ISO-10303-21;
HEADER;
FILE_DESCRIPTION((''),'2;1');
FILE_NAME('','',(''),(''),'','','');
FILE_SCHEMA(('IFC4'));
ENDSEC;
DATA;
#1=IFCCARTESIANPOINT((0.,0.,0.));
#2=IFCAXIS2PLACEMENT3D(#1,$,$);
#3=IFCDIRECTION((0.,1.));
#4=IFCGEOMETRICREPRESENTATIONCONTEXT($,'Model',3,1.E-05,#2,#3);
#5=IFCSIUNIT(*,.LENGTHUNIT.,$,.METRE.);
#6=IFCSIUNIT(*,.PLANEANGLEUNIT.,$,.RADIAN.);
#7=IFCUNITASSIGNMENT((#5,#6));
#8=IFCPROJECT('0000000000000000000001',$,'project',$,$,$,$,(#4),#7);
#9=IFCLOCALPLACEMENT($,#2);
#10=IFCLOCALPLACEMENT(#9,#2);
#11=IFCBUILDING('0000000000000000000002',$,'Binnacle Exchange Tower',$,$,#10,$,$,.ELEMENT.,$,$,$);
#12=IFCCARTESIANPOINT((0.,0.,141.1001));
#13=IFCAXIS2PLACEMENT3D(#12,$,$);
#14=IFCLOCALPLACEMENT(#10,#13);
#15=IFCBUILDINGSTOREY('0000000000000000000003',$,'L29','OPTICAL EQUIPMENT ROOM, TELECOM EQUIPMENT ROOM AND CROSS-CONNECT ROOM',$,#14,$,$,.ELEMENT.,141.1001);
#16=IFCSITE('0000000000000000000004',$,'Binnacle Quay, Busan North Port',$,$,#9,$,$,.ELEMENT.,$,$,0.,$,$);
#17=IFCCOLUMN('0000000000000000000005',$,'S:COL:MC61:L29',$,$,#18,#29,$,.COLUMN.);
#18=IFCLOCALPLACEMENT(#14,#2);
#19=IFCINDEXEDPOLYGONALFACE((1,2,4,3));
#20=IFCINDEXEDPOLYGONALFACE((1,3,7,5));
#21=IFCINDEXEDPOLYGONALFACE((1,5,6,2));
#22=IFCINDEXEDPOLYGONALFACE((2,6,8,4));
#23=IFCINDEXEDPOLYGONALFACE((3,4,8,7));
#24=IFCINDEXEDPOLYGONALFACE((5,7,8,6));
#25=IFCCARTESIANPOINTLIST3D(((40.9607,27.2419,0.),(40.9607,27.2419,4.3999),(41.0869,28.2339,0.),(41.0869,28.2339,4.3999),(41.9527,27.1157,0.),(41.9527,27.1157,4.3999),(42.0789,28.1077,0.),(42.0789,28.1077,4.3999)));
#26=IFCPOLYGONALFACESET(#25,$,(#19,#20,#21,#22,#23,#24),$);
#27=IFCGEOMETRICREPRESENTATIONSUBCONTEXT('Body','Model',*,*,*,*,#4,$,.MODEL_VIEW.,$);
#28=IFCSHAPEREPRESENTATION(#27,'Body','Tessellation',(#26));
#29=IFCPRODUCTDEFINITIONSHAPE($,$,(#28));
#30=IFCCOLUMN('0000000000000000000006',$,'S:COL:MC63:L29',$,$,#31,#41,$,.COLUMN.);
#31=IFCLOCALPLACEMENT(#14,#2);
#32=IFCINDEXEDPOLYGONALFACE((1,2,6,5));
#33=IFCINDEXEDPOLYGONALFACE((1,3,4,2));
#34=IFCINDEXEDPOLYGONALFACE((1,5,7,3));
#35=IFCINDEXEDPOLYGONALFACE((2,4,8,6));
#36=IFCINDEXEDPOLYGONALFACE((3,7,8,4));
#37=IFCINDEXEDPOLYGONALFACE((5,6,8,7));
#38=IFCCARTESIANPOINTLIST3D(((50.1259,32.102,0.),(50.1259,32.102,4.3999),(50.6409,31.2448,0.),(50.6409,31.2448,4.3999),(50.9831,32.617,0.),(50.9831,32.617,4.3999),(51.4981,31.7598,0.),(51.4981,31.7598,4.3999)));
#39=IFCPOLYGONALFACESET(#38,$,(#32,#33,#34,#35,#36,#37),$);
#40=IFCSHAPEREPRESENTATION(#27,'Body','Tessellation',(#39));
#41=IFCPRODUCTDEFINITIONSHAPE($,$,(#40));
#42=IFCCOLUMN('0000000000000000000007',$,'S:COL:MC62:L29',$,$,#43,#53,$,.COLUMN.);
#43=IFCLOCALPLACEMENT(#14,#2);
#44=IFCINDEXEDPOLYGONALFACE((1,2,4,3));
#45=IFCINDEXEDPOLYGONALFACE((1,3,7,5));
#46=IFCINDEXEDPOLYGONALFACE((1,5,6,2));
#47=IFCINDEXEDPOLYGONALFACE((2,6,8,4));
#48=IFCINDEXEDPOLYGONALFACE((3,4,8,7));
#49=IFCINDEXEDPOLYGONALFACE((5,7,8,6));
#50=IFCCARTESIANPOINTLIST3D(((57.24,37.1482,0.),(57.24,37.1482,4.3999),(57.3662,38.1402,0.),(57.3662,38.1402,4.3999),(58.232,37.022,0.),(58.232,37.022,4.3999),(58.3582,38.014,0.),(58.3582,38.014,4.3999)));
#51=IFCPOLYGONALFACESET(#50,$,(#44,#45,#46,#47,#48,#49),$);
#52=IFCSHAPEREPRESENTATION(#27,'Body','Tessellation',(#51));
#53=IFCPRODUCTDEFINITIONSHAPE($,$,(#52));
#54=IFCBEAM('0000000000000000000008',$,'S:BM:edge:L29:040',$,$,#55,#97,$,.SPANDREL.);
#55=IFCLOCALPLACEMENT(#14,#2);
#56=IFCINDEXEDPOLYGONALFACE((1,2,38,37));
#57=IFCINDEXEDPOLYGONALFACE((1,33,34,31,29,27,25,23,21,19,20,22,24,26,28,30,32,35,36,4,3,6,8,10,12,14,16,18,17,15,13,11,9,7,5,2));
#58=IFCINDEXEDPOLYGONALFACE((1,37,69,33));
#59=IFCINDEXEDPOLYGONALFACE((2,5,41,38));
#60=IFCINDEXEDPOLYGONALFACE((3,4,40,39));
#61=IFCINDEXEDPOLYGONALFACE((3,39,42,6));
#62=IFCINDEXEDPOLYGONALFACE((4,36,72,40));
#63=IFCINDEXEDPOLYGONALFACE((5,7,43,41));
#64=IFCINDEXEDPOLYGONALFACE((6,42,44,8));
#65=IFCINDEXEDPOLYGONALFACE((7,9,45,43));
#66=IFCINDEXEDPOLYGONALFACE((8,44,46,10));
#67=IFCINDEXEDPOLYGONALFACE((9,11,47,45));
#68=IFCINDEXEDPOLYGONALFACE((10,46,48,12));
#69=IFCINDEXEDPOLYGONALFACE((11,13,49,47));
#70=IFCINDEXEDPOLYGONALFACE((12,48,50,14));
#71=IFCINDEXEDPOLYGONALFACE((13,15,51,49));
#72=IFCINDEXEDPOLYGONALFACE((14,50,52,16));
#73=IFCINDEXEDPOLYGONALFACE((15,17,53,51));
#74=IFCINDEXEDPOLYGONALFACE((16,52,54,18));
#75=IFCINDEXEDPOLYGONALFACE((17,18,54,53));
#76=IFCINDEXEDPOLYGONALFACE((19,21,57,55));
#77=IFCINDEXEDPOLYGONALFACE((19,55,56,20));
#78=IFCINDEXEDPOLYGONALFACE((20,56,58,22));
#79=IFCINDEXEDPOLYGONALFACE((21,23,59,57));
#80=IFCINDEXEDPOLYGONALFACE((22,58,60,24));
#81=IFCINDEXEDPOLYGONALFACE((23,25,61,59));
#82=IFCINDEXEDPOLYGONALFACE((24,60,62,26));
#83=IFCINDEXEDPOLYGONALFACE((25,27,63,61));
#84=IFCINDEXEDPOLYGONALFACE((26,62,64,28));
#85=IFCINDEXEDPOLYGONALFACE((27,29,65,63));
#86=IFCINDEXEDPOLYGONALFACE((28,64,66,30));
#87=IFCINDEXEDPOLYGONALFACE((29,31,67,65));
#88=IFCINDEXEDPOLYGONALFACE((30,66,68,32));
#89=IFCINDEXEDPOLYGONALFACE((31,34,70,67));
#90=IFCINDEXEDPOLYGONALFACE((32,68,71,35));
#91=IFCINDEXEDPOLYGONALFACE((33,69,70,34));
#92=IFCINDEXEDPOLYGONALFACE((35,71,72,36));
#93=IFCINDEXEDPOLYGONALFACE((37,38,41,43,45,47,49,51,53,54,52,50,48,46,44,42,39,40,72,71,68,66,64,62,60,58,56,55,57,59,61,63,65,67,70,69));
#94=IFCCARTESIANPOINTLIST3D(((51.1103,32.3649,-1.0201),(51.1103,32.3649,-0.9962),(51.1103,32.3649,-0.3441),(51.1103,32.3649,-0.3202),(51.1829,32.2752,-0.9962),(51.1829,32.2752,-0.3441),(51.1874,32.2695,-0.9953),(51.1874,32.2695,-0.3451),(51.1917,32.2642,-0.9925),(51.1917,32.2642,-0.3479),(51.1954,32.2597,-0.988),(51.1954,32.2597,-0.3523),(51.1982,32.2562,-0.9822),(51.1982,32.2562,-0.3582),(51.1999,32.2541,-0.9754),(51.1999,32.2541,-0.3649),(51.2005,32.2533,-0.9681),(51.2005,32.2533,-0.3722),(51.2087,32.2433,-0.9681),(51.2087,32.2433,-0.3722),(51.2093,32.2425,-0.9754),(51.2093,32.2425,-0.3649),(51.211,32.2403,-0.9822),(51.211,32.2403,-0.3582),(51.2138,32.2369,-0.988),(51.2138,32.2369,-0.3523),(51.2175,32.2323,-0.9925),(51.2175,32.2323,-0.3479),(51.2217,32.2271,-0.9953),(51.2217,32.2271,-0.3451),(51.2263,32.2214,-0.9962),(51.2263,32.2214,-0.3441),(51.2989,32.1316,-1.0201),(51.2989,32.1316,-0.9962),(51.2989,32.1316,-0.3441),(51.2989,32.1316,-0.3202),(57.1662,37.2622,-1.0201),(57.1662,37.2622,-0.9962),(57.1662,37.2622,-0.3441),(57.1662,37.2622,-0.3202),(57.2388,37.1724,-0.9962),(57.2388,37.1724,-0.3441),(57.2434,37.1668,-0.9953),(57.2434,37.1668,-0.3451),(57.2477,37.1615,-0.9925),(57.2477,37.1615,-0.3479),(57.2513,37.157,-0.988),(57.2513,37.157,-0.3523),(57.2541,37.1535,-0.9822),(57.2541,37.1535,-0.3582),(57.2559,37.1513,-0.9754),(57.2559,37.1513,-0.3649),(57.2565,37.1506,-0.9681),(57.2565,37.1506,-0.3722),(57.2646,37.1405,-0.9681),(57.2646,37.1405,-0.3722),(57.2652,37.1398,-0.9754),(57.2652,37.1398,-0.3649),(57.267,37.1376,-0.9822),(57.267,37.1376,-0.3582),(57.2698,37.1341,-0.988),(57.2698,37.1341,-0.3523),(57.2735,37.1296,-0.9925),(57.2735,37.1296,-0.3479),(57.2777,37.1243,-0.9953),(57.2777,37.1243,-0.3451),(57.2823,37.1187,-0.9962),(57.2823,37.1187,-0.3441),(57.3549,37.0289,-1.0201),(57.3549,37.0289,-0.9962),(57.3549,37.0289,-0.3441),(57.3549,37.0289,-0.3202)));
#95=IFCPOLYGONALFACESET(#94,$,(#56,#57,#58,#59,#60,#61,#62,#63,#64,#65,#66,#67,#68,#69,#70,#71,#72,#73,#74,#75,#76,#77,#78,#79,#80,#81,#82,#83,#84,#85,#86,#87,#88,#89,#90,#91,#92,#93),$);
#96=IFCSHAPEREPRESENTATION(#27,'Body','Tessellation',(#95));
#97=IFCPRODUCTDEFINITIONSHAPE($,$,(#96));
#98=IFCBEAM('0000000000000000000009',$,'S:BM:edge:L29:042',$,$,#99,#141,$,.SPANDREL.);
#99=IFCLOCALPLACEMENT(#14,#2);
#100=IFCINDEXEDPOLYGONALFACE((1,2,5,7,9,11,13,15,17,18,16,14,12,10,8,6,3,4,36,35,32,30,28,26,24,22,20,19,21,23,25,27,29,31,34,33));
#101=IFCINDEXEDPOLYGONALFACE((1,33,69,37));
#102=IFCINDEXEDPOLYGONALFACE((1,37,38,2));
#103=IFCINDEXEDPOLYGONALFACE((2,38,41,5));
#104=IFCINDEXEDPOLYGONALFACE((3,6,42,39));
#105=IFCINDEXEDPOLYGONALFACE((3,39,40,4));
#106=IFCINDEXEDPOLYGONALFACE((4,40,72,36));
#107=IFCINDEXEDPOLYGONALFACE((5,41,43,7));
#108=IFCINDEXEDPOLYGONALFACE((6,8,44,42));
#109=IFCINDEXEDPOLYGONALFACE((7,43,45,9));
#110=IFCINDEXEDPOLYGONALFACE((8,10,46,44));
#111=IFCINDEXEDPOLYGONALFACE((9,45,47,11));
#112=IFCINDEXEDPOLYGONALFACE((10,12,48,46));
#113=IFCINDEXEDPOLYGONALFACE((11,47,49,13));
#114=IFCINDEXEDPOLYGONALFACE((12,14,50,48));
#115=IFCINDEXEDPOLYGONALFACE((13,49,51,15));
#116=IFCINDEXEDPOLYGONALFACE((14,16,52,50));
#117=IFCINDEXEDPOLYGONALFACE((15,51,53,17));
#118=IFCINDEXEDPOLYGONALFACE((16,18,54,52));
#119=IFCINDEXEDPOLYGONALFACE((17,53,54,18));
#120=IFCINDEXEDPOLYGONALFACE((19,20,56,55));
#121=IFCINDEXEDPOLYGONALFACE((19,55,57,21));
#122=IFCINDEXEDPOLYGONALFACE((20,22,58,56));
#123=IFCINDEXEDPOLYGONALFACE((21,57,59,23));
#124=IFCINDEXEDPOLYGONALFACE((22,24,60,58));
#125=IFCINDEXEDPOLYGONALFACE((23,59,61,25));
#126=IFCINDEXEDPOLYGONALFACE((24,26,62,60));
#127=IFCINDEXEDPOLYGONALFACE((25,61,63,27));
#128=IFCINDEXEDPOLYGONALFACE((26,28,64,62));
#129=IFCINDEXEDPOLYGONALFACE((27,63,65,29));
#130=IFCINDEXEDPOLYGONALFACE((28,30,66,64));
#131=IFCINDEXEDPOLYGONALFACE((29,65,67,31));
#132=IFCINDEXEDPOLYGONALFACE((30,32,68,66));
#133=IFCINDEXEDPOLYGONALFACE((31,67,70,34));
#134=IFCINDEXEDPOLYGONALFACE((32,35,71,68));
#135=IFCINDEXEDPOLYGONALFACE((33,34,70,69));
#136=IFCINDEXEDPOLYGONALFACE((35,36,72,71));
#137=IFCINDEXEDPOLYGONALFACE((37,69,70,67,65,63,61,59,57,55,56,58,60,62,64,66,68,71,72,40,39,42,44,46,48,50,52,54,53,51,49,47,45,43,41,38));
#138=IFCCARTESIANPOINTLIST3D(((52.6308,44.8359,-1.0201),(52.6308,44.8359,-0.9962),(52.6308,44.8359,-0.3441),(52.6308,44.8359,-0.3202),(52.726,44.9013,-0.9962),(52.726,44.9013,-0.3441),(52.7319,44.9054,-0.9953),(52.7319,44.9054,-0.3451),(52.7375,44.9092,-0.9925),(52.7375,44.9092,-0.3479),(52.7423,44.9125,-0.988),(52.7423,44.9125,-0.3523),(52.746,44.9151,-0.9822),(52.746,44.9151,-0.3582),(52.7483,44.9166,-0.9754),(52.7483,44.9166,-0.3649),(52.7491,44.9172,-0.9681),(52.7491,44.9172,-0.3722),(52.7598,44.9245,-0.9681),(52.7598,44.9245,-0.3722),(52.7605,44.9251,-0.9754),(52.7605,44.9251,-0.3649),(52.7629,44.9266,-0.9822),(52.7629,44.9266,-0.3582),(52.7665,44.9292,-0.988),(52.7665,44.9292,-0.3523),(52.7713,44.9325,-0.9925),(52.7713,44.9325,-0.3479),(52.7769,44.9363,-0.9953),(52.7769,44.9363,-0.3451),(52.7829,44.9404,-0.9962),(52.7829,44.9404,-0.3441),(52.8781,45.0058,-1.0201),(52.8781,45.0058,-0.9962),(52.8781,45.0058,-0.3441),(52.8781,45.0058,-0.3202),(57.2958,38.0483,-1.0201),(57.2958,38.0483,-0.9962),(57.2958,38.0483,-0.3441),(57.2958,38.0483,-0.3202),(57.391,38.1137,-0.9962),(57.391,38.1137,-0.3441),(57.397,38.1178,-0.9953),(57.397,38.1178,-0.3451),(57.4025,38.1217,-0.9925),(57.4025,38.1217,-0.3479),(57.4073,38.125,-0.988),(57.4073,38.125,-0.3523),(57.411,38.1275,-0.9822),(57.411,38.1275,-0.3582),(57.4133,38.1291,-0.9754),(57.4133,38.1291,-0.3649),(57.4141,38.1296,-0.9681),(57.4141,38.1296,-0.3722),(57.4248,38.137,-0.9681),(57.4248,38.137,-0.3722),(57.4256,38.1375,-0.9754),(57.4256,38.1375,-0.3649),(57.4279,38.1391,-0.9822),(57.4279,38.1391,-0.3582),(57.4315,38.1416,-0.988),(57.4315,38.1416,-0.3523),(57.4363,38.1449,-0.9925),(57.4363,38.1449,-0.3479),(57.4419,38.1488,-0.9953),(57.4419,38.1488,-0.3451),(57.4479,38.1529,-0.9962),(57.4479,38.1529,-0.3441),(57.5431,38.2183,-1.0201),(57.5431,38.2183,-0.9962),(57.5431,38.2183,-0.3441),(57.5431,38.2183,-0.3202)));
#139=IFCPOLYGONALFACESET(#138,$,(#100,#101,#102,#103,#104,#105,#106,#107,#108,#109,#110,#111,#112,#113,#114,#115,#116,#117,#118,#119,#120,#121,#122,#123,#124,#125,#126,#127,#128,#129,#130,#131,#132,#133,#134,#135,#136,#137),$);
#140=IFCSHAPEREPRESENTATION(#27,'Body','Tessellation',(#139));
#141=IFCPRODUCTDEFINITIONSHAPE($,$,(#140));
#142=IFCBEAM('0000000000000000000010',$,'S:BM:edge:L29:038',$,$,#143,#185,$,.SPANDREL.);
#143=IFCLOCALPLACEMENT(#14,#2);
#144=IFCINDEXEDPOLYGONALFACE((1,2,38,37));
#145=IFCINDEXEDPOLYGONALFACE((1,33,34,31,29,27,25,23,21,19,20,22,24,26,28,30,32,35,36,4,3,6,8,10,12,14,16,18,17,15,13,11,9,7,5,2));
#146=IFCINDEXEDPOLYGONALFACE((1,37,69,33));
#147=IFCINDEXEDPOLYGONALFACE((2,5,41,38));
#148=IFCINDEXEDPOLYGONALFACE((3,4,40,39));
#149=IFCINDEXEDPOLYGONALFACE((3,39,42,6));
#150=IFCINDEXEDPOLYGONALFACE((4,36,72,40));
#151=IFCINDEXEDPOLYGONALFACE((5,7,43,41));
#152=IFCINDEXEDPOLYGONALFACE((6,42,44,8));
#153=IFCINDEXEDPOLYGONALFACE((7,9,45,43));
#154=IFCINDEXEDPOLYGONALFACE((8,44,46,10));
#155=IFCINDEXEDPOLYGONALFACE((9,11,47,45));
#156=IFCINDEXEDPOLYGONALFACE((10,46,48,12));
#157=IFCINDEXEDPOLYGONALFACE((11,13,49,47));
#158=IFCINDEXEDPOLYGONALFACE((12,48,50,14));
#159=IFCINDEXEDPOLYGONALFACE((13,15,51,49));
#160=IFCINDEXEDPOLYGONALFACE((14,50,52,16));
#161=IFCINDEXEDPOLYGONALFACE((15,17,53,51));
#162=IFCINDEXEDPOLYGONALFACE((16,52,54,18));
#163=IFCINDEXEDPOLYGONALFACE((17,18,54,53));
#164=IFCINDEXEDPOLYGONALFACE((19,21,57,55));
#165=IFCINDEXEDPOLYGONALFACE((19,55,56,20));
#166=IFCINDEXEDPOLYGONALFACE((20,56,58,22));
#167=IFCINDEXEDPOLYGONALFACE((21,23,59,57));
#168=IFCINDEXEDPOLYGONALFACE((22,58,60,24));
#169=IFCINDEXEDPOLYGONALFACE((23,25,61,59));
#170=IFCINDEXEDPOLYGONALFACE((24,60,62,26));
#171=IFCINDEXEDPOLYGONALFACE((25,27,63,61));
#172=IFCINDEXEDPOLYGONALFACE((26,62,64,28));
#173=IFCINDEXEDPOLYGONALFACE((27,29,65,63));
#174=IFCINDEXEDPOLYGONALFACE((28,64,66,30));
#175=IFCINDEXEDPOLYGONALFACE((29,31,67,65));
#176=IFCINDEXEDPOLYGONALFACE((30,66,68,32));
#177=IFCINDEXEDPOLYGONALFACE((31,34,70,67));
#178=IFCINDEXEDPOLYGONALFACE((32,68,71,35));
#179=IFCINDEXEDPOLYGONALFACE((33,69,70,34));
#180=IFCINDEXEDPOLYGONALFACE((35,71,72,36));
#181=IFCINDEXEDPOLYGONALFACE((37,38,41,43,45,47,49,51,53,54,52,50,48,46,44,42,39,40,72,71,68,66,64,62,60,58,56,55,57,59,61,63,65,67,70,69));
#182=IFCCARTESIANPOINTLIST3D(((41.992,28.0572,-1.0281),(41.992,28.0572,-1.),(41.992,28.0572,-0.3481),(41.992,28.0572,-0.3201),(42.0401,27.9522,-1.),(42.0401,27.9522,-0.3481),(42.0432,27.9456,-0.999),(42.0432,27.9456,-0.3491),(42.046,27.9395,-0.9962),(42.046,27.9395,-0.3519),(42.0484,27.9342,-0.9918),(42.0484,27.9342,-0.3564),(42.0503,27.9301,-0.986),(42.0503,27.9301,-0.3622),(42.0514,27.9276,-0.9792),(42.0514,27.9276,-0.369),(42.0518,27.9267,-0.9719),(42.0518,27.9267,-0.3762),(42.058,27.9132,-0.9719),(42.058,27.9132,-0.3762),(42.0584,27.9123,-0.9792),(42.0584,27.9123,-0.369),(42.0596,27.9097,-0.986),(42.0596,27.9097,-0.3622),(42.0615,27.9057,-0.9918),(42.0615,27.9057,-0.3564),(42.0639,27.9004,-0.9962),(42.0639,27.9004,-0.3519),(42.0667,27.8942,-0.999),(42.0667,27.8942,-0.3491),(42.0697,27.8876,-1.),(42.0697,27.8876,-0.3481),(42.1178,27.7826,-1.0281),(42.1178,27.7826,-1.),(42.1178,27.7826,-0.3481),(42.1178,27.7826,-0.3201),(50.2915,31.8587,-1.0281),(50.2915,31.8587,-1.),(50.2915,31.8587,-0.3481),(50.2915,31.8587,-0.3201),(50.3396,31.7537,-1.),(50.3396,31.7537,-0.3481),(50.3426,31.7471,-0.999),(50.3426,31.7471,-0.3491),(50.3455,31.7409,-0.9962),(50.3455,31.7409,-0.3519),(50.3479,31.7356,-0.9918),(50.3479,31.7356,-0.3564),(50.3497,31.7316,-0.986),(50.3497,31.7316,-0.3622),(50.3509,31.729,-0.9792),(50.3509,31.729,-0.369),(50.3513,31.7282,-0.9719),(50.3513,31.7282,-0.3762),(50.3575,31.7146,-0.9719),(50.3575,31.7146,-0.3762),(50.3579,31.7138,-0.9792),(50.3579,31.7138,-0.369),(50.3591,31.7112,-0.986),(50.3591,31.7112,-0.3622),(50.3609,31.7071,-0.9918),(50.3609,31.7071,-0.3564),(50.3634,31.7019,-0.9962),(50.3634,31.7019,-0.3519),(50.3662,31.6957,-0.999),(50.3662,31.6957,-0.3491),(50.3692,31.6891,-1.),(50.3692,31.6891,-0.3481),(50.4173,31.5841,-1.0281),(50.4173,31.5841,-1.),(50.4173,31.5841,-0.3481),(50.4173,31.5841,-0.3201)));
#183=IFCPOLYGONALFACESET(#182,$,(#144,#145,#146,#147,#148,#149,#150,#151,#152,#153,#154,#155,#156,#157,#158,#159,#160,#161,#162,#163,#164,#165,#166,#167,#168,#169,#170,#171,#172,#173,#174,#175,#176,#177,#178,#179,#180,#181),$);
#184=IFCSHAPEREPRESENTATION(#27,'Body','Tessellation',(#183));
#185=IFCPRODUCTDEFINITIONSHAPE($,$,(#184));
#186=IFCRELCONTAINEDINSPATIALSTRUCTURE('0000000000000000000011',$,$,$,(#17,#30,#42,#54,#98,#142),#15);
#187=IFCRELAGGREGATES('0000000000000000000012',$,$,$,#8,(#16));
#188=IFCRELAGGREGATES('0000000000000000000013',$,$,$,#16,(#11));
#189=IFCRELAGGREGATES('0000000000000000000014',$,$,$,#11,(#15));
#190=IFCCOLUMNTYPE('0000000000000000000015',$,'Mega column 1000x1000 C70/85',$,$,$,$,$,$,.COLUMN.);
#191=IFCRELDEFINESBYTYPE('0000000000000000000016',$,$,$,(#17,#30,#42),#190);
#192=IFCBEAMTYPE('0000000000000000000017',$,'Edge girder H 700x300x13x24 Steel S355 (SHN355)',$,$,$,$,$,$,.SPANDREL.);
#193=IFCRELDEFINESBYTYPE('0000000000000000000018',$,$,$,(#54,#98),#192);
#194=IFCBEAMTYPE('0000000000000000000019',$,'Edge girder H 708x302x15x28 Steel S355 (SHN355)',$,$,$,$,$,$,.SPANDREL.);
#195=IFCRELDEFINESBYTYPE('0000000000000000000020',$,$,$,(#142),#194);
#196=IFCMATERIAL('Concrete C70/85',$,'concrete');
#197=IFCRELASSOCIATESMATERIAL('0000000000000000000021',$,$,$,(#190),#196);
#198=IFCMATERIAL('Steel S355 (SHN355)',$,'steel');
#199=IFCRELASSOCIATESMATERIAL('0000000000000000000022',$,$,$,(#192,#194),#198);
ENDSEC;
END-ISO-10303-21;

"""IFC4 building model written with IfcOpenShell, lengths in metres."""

from ifc_helpers import new_model, si_unit, direction, frame, origin, origin_2d, place, context, subcontext, project, spatial, rectangle, i_section, extrude, material, material_profile, profile_set, type_object, element, save


model = new_model("IFC4")

# Units and contexts
model_context = context("Model", 3, precision=1e-05, world=origin(), true_north=direction((0.0, 1.0)))
body_context = subcontext(model_context, "Body", "Model", "MODEL_VIEW")
ifc_project = project(units=[si_unit("LENGTHUNIT", "METRE"), si_unit("PLANEANGLEUNIT", "RADIAN")], contexts=[model_context])

# Site, building, storey
site_placement = place(None, origin())
site = spatial("IfcSite", under=ifc_project, at=site_placement, Name="Binnacle Quay, Busan North Port", CompositionType="ELEMENT", RefElevation=0.0)
building_placement = place(site_placement, origin())
building = spatial("IfcBuilding", under=site, at=building_placement, Name="Binnacle Exchange Tower", CompositionType="ELEMENT")
storey_placement = place(building_placement, frame((0.0, 0.0, 141.1001)))
storey = spatial("IfcBuildingStorey", under=building, at=storey_placement, Name="L29", Description="OPTICAL EQUIPMENT ROOM, TELECOM EQUIPMENT ROOM AND CROSS-CONNECT ROOM", CompositionType="ELEMENT", Elevation=141.1001)

# Columns
ifc_material_1 = material(Name="Concrete C70/85", Category="concrete")
ifc_material_profile_1 = material_profile(ifc_material_1, rectangle(XDim=1.0, YDim=1.0, at=origin_2d()), Name="Mega column 1000x1000 C70/85")
ifc_profile_set_1 = profile_set([ifc_material_profile_1], Name="Concrete C70/85")
column_type = type_object("IfcColumnType", Name="Mega column 1000x1000 C70/85", PredefinedType="COLUMN", material=ifc_profile_set_1)
for number, where, z_axis, x_axis, name in (
    (1, (41.5198, 27.6748, 0.0), (0.0, 0.0, 1.0), (0.992005, -0.126199, 0.0), "S:COL:MC61:L29"),
    (2, (50.812, 31.9309, 0.0), (0.0, 0.0, 1.0), (0.857167, 0.515038, 0.0), "S:COL:MC63:L29"),
    (3, (57.7991, 37.5811, 0.0), (0.0, 0.0, 1.0), (0.126199, 0.992005, 0.0), "S:COL:MC62:L29"),
):
    element("IfcColumn", number, at=place(storey_placement, frame(where, z_axis=z_axis, x_axis=x_axis)), inside=storey, type_object=column_type, Name=name, PredefinedType="COLUMN", context=body_context, shape_type="SweptSolid", body=[
        extrude(rectangle(XDim=1.0, YDim=1.0, at=origin_2d()), origin(), (0.0, 0.0, 1.0), 4.3999),
    ])

# Beams
ifc_material_2 = material(Name="Steel S355 (SHN355)", Category="steel")
ifc_material_profile_2 = material_profile(ifc_material_2, i_section(OverallWidth=0.3, OverallDepth=0.7, WebThickness=0.0129, FlangeThickness=0.0239, FilletRadius=0.0281, at=origin_2d()), Name="H 700x300x13x24")
ifc_profile_set_2 = profile_set([ifc_material_profile_2], Name="Steel S355 (SHN355)")
beam_type_1 = type_object("IfcBeamType", Name="Edge girder H 700x300x13x24 Steel S355 (SHN355)", PredefinedType="SPANDREL", material=ifc_profile_set_2)
beam_1_placement = place(storey_placement, frame((51.2046, 32.2483, -0.6702), z_axis=(0.77757, 0.628796, 0.0), x_axis=(-0.628796, 0.77757, 0.0)))
element("IfcBeam", 4, at=beam_1_placement, inside=storey, type_object=beam_type_1, Name="S:BM:edge:L29:040", PredefinedType="SPANDREL", context=body_context, shape_type="SweptSolid", body=[
    extrude(i_section(OverallWidth=0.3, OverallDepth=0.7, WebThickness=0.0129, FlangeThickness=0.0239, FilletRadius=0.0281, at=origin_2d()), origin(), (0.0, 0.0, 1.0), 7.7883),
])
beam_2_placement = place(storey_placement, frame((57.4194, 38.1333, -0.6702), z_axis=(-0.566411, 0.824123, 0.0), x_axis=(-0.824123, -0.566411, 0.0)))
element("IfcBeam", 5, at=beam_2_placement, inside=storey, type_object=beam_type_1, Name="S:BM:edge:L29:042", PredefinedType="SPANDREL", context=body_context, shape_type="SweptSolid", body=[
    extrude(i_section(OverallWidth=0.3, OverallDepth=0.7, WebThickness=0.0129, FlangeThickness=0.0239, FilletRadius=0.0281, at=origin_2d()), origin(), (0.0, 0.0, 1.0), 8.2361),
])
ifc_material_profile_3 = material_profile(ifc_material_2, i_section(OverallWidth=0.302, OverallDepth=0.708, WebThickness=0.0149, FlangeThickness=0.0281, FilletRadius=0.0281, at=origin_2d()), Name="H 708x302x15x28")
ifc_profile_set_3 = profile_set([ifc_material_profile_3], Name="Steel S355 (SHN355)")
beam_type_2 = type_object("IfcBeamType", Name="Edge girder H 708x302x15x28 Steel S355 (SHN355)", PredefinedType="SPANDREL", material=ifc_profile_set_3)
beam_3_placement = place(storey_placement, frame((42.0549, 27.9199, -0.6741), z_axis=(0.909167, 0.416433, 0.0), x_axis=(-0.416433, 0.909167, 0.0)))
element("IfcBeam", 6, at=beam_3_placement, inside=storey, type_object=beam_type_2, Name="S:BM:edge:L29:038", PredefinedType="SPANDREL", context=body_context, shape_type="SweptSolid", body=[
    extrude(i_section(OverallWidth=0.302, OverallDepth=0.708, WebThickness=0.0149, FlangeThickness=0.0281, FilletRadius=0.0281, at=origin_2d()), origin(), (0.0, 0.0, 1.0), 9.1287),
])

save(model, "model.ifc")
